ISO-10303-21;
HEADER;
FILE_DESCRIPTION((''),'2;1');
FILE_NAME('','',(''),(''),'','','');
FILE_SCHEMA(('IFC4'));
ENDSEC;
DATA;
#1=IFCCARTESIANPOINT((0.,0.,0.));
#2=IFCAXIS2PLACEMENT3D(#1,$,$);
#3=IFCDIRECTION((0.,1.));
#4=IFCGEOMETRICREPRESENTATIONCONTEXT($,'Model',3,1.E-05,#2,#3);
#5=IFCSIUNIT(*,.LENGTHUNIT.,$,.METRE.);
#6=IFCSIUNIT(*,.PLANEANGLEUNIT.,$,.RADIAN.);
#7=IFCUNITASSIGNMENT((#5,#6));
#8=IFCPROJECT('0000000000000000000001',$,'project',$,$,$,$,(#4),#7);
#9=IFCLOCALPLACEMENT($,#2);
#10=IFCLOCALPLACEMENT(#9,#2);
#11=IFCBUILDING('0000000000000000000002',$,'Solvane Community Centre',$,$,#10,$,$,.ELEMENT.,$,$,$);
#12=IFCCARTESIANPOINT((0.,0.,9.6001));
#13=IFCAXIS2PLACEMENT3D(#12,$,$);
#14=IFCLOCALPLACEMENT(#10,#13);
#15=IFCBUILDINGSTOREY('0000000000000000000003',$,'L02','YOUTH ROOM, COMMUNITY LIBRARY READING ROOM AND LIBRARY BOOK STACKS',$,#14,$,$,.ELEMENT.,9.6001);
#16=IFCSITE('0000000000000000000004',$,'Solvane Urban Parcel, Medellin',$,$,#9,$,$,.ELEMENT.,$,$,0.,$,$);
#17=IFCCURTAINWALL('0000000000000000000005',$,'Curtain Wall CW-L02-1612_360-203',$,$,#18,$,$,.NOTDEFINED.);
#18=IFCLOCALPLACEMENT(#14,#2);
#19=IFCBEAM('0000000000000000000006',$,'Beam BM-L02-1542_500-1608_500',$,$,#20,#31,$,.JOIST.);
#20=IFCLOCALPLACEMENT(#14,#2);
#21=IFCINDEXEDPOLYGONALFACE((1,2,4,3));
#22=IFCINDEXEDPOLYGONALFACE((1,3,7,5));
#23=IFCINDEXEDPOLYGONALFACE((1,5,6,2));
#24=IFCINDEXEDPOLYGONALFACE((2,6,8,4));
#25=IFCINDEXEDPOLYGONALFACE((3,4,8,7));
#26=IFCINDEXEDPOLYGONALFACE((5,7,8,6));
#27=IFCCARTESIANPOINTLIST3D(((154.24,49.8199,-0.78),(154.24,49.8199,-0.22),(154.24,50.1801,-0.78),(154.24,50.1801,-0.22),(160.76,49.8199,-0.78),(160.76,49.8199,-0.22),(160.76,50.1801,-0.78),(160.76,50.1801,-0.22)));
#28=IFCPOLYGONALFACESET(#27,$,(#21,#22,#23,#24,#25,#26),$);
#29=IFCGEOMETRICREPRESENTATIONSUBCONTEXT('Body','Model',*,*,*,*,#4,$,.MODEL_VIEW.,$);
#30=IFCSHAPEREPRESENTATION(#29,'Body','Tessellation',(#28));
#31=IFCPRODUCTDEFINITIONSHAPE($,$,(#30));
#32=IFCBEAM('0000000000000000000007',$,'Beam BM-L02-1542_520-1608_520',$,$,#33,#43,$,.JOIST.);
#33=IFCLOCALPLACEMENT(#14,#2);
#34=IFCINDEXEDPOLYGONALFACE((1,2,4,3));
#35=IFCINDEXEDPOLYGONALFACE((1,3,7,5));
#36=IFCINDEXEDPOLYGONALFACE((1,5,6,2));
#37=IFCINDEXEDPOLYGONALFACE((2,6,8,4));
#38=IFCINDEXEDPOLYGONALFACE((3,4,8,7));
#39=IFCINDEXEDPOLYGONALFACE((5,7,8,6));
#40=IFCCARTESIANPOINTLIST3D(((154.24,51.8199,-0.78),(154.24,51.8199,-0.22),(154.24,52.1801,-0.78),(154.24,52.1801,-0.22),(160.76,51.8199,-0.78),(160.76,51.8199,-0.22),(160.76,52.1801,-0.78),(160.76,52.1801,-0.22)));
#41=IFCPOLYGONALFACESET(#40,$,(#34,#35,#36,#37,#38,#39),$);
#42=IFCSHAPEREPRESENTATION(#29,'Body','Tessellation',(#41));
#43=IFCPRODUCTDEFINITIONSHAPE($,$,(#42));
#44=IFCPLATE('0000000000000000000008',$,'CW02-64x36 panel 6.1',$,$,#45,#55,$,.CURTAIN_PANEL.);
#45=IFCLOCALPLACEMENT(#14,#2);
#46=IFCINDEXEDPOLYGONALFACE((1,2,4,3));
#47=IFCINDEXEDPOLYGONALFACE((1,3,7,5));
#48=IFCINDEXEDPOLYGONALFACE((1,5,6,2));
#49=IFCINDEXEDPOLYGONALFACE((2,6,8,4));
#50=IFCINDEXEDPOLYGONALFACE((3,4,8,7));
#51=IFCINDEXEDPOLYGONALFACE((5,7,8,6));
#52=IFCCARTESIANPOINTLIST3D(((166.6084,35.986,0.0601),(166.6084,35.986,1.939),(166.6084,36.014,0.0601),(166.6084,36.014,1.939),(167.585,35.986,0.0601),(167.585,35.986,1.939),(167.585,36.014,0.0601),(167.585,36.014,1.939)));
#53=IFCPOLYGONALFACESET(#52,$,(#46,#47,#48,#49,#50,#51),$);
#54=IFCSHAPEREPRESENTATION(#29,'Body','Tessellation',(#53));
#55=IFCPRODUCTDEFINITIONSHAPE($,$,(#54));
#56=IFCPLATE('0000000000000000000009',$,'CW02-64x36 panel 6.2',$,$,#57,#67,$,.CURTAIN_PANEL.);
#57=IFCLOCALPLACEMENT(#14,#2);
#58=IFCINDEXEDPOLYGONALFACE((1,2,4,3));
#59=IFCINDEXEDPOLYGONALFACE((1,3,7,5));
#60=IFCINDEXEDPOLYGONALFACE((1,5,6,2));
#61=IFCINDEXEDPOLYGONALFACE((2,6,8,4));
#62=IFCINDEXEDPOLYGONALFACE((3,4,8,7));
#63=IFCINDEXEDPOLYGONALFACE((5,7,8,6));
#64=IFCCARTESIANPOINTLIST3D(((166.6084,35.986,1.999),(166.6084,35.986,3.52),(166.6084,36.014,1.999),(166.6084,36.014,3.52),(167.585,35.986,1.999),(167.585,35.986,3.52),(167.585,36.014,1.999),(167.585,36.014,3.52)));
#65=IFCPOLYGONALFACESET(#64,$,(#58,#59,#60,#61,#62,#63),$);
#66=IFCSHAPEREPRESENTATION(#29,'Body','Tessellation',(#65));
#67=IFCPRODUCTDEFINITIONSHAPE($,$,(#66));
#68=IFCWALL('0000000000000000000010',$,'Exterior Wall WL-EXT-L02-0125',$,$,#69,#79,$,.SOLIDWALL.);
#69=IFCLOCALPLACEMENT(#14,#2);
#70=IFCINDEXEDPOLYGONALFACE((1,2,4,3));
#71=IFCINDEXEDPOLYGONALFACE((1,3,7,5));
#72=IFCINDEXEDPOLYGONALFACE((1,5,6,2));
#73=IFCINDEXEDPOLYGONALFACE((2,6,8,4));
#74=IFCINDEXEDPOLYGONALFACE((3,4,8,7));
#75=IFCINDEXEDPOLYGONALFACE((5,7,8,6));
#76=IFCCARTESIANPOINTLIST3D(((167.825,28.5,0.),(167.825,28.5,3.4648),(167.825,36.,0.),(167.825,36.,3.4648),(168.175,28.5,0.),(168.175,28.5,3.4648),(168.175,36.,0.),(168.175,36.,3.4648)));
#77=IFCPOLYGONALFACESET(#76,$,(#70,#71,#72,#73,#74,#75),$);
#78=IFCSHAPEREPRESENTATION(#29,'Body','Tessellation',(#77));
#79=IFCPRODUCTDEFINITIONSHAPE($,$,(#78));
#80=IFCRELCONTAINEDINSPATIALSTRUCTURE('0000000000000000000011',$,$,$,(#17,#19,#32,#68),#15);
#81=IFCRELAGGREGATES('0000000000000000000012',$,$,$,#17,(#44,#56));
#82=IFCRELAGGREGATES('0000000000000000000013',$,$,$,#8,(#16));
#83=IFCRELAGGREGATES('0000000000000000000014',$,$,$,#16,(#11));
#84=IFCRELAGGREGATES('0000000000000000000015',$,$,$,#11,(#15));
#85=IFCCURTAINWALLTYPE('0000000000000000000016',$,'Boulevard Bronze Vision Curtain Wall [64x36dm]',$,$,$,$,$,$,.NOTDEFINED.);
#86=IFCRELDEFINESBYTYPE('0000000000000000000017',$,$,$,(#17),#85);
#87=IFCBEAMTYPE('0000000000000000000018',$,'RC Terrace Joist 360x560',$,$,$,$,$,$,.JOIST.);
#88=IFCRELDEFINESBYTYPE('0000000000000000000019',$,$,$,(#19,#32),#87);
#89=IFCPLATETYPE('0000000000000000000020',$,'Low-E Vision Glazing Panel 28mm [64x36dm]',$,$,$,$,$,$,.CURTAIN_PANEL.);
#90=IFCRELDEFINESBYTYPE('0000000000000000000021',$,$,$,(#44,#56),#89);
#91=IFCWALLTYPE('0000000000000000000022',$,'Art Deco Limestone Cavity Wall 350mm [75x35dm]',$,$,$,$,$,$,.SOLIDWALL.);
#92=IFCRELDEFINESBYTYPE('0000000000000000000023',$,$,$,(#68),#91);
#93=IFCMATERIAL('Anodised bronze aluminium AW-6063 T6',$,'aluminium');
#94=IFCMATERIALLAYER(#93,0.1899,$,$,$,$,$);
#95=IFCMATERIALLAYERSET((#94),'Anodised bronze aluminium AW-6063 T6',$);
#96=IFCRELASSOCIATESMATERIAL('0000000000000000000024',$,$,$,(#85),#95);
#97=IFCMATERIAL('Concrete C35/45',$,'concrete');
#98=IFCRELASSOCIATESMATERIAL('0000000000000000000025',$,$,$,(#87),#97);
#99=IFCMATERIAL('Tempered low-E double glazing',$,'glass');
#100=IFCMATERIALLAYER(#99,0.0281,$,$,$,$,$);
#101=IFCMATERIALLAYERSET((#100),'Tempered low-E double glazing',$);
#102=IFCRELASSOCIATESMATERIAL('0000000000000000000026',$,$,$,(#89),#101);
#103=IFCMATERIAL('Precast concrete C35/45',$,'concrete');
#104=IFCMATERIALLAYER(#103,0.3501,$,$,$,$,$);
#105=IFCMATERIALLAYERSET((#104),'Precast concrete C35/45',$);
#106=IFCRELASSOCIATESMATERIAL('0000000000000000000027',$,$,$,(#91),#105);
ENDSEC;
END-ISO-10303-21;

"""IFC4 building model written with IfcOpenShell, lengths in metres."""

from ifc_helpers import new_model, si_unit, direction, frame, frame_2d, origin, origin_2d, place, context, subcontext, project, spatial, rectangle, extrude, material, layer, layer_set, material_profile, profile_set, type_object, element, aggregate, save


model = new_model("IFC4")

# Units and contexts
model_context = context("Model", 3, precision=1e-05, world=origin(), true_north=direction((0.0, 1.0)))
body_context = subcontext(model_context, "Body", "Model", "MODEL_VIEW")
ifc_project = project(units=[si_unit("LENGTHUNIT", "METRE"), si_unit("PLANEANGLEUNIT", "RADIAN")], contexts=[model_context])

# Site, building, storey
site_placement = place(None, origin())
site = spatial("IfcSite", under=ifc_project, at=site_placement, Name="Solvane Urban Parcel, Medellin", CompositionType="ELEMENT", RefElevation=0.0)
building_placement = place(site_placement, origin())
building = spatial("IfcBuilding", under=site, at=building_placement, Name="Solvane Community Centre", CompositionType="ELEMENT")
storey_placement = place(building_placement, frame((0.0, 0.0, 9.6001)))
storey = spatial("IfcBuildingStorey", under=building, at=storey_placement, Name="L02", Description="YOUTH ROOM, COMMUNITY LIBRARY READING ROOM AND LIBRARY BOOK STACKS", CompositionType="ELEMENT", Elevation=9.6001)

# Shared definitions
ifc_material_1 = material(Name="Precast concrete C35/45", Category="concrete")

# Curtain wall
ifc_material_2 = material(Name="Anodised bronze aluminium AW-6063 T6", Category="aluminium")
ifc_layer_1 = layer(ifc_material_2, 0.1899)
ifc_layer_set_1 = layer_set([ifc_layer_1], Name="Anodised bronze aluminium AW-6063 T6")
curtain_wall_type = type_object("IfcCurtainWallType", Name="Boulevard Bronze Vision Curtain Wall [64x36dm]", PredefinedType="NOTDEFINED", material=ifc_layer_set_1)
curtain_wall_placement = place(storey_placement, origin())
curtain_wall = element("IfcCurtainWall", 1, at=curtain_wall_placement, inside=storey, type_object=curtain_wall_type, Name="Curtain Wall CW-L02-1612_360-203", PredefinedType="NOTDEFINED")

# Beams
ifc_material_3 = material(Name="Concrete C35/45", Category="concrete")
ifc_material_profile_1 = material_profile(ifc_material_3, rectangle(XDim=0.3601, YDim=0.5601, at=origin_2d()), Name="RC 360x560")
ifc_profile_set_1 = profile_set([ifc_material_profile_1], Name="Concrete C35/45")
beam_type_1 = type_object("IfcBeamType", Name="RC Terrace Joist 360x560", PredefinedType="JOIST", material=ifc_profile_set_1)
for number, where, z_axis, x_axis, name in (
    (2, (154.24, 50.0, -0.5), (1.0, 0.0, 0.0), (0.0, 1.0, 0.0), "Beam BM-L02-1542_500-1608_500"),
    (3, (154.24, 52.0, -0.5), (1.0, 0.0, 0.0), (0.0, 1.0, 0.0), "Beam BM-L02-1542_520-1608_520"),
):
    element("IfcBeam", number, at=place(storey_placement, frame(where, z_axis=z_axis, x_axis=x_axis)), inside=storey, type_object=beam_type_1, Name=name, PredefinedType="JOIST", context=body_context, shape_type="SweptSolid", body=[
        extrude(rectangle(XDim=0.3601, YDim=0.5601, at=origin_2d()), origin(), (0.0, 0.0, 1.0), 6.52),
    ])

# Plates
ifc_material_4 = material(Name="Tempered low-E double glazing", Category="glass")
ifc_layer_2 = layer(ifc_material_4, 0.0281)
ifc_layer_set_2 = layer_set([ifc_layer_2], Name="Tempered low-E double glazing")
plate_type = type_object("IfcPlateType", Name="Low-E Vision Glazing Panel 28mm [64x36dm]", PredefinedType="CURTAIN_PANEL", material=ifc_layer_set_2)
plate_1_placement = place(storey_placement, frame((167.0967, 36.0, 0.0601), z_axis=(0.0, 0.0, 1.0), x_axis=(1.0, 0.0, 0.0)))
plate_1 = element("IfcPlate", 4, at=plate_1_placement, type_object=plate_type, Name="CW02-64x36 panel 6.1", PredefinedType="CURTAIN_PANEL", context=body_context, shape_type="SweptSolid", body=[
    extrude(rectangle(XDim=0.9766, YDim=0.0281, at=origin_2d()), origin(), (0.0, 0.0, 1.0), 1.8789),
])
plate_2_placement = place(storey_placement, frame((167.0967, 36.0, 1.999), z_axis=(0.0, 0.0, 1.0), x_axis=(1.0, 0.0, 0.0)))
plate_2 = element("IfcPlate", 5, at=plate_2_placement, type_object=plate_type, Name="CW02-64x36 panel 6.2", PredefinedType="CURTAIN_PANEL", context=body_context, shape_type="SweptSolid", body=[
    extrude(rectangle(XDim=0.9766, YDim=0.0281, at=origin_2d()), origin(), (0.0, 0.0, 1.0), 1.521),
])
aggregate(curtain_wall, [plate_1, plate_2])

# Wall
ifc_layer_3 = layer(ifc_material_1, 0.3501)
ifc_layer_set_3 = layer_set([ifc_layer_3], Name="Precast concrete C35/45")
wall_type = type_object("IfcWallType", Name="Art Deco Limestone Cavity Wall 350mm [75x35dm]", PredefinedType="SOLIDWALL", material=ifc_layer_set_3)
wall_placement = place(storey_placement, frame((168.0, 36.0, 0.0), z_axis=(0.0, 0.0, 1.0), x_axis=(0.0, -1.0, 0.0)))
element("IfcWall", 6, at=wall_placement, inside=storey, type_object=wall_type, Name="Exterior Wall WL-EXT-L02-0125", PredefinedType="SOLIDWALL", context=body_context, shape_type="SweptSolid", body=[
    extrude(rectangle(XDim=7.5, YDim=0.3501, at=frame_2d((3.75, 0.0))), origin(), (0.0, 0.0, 1.0), 3.4648),
])

save(model, "model.ifc")
